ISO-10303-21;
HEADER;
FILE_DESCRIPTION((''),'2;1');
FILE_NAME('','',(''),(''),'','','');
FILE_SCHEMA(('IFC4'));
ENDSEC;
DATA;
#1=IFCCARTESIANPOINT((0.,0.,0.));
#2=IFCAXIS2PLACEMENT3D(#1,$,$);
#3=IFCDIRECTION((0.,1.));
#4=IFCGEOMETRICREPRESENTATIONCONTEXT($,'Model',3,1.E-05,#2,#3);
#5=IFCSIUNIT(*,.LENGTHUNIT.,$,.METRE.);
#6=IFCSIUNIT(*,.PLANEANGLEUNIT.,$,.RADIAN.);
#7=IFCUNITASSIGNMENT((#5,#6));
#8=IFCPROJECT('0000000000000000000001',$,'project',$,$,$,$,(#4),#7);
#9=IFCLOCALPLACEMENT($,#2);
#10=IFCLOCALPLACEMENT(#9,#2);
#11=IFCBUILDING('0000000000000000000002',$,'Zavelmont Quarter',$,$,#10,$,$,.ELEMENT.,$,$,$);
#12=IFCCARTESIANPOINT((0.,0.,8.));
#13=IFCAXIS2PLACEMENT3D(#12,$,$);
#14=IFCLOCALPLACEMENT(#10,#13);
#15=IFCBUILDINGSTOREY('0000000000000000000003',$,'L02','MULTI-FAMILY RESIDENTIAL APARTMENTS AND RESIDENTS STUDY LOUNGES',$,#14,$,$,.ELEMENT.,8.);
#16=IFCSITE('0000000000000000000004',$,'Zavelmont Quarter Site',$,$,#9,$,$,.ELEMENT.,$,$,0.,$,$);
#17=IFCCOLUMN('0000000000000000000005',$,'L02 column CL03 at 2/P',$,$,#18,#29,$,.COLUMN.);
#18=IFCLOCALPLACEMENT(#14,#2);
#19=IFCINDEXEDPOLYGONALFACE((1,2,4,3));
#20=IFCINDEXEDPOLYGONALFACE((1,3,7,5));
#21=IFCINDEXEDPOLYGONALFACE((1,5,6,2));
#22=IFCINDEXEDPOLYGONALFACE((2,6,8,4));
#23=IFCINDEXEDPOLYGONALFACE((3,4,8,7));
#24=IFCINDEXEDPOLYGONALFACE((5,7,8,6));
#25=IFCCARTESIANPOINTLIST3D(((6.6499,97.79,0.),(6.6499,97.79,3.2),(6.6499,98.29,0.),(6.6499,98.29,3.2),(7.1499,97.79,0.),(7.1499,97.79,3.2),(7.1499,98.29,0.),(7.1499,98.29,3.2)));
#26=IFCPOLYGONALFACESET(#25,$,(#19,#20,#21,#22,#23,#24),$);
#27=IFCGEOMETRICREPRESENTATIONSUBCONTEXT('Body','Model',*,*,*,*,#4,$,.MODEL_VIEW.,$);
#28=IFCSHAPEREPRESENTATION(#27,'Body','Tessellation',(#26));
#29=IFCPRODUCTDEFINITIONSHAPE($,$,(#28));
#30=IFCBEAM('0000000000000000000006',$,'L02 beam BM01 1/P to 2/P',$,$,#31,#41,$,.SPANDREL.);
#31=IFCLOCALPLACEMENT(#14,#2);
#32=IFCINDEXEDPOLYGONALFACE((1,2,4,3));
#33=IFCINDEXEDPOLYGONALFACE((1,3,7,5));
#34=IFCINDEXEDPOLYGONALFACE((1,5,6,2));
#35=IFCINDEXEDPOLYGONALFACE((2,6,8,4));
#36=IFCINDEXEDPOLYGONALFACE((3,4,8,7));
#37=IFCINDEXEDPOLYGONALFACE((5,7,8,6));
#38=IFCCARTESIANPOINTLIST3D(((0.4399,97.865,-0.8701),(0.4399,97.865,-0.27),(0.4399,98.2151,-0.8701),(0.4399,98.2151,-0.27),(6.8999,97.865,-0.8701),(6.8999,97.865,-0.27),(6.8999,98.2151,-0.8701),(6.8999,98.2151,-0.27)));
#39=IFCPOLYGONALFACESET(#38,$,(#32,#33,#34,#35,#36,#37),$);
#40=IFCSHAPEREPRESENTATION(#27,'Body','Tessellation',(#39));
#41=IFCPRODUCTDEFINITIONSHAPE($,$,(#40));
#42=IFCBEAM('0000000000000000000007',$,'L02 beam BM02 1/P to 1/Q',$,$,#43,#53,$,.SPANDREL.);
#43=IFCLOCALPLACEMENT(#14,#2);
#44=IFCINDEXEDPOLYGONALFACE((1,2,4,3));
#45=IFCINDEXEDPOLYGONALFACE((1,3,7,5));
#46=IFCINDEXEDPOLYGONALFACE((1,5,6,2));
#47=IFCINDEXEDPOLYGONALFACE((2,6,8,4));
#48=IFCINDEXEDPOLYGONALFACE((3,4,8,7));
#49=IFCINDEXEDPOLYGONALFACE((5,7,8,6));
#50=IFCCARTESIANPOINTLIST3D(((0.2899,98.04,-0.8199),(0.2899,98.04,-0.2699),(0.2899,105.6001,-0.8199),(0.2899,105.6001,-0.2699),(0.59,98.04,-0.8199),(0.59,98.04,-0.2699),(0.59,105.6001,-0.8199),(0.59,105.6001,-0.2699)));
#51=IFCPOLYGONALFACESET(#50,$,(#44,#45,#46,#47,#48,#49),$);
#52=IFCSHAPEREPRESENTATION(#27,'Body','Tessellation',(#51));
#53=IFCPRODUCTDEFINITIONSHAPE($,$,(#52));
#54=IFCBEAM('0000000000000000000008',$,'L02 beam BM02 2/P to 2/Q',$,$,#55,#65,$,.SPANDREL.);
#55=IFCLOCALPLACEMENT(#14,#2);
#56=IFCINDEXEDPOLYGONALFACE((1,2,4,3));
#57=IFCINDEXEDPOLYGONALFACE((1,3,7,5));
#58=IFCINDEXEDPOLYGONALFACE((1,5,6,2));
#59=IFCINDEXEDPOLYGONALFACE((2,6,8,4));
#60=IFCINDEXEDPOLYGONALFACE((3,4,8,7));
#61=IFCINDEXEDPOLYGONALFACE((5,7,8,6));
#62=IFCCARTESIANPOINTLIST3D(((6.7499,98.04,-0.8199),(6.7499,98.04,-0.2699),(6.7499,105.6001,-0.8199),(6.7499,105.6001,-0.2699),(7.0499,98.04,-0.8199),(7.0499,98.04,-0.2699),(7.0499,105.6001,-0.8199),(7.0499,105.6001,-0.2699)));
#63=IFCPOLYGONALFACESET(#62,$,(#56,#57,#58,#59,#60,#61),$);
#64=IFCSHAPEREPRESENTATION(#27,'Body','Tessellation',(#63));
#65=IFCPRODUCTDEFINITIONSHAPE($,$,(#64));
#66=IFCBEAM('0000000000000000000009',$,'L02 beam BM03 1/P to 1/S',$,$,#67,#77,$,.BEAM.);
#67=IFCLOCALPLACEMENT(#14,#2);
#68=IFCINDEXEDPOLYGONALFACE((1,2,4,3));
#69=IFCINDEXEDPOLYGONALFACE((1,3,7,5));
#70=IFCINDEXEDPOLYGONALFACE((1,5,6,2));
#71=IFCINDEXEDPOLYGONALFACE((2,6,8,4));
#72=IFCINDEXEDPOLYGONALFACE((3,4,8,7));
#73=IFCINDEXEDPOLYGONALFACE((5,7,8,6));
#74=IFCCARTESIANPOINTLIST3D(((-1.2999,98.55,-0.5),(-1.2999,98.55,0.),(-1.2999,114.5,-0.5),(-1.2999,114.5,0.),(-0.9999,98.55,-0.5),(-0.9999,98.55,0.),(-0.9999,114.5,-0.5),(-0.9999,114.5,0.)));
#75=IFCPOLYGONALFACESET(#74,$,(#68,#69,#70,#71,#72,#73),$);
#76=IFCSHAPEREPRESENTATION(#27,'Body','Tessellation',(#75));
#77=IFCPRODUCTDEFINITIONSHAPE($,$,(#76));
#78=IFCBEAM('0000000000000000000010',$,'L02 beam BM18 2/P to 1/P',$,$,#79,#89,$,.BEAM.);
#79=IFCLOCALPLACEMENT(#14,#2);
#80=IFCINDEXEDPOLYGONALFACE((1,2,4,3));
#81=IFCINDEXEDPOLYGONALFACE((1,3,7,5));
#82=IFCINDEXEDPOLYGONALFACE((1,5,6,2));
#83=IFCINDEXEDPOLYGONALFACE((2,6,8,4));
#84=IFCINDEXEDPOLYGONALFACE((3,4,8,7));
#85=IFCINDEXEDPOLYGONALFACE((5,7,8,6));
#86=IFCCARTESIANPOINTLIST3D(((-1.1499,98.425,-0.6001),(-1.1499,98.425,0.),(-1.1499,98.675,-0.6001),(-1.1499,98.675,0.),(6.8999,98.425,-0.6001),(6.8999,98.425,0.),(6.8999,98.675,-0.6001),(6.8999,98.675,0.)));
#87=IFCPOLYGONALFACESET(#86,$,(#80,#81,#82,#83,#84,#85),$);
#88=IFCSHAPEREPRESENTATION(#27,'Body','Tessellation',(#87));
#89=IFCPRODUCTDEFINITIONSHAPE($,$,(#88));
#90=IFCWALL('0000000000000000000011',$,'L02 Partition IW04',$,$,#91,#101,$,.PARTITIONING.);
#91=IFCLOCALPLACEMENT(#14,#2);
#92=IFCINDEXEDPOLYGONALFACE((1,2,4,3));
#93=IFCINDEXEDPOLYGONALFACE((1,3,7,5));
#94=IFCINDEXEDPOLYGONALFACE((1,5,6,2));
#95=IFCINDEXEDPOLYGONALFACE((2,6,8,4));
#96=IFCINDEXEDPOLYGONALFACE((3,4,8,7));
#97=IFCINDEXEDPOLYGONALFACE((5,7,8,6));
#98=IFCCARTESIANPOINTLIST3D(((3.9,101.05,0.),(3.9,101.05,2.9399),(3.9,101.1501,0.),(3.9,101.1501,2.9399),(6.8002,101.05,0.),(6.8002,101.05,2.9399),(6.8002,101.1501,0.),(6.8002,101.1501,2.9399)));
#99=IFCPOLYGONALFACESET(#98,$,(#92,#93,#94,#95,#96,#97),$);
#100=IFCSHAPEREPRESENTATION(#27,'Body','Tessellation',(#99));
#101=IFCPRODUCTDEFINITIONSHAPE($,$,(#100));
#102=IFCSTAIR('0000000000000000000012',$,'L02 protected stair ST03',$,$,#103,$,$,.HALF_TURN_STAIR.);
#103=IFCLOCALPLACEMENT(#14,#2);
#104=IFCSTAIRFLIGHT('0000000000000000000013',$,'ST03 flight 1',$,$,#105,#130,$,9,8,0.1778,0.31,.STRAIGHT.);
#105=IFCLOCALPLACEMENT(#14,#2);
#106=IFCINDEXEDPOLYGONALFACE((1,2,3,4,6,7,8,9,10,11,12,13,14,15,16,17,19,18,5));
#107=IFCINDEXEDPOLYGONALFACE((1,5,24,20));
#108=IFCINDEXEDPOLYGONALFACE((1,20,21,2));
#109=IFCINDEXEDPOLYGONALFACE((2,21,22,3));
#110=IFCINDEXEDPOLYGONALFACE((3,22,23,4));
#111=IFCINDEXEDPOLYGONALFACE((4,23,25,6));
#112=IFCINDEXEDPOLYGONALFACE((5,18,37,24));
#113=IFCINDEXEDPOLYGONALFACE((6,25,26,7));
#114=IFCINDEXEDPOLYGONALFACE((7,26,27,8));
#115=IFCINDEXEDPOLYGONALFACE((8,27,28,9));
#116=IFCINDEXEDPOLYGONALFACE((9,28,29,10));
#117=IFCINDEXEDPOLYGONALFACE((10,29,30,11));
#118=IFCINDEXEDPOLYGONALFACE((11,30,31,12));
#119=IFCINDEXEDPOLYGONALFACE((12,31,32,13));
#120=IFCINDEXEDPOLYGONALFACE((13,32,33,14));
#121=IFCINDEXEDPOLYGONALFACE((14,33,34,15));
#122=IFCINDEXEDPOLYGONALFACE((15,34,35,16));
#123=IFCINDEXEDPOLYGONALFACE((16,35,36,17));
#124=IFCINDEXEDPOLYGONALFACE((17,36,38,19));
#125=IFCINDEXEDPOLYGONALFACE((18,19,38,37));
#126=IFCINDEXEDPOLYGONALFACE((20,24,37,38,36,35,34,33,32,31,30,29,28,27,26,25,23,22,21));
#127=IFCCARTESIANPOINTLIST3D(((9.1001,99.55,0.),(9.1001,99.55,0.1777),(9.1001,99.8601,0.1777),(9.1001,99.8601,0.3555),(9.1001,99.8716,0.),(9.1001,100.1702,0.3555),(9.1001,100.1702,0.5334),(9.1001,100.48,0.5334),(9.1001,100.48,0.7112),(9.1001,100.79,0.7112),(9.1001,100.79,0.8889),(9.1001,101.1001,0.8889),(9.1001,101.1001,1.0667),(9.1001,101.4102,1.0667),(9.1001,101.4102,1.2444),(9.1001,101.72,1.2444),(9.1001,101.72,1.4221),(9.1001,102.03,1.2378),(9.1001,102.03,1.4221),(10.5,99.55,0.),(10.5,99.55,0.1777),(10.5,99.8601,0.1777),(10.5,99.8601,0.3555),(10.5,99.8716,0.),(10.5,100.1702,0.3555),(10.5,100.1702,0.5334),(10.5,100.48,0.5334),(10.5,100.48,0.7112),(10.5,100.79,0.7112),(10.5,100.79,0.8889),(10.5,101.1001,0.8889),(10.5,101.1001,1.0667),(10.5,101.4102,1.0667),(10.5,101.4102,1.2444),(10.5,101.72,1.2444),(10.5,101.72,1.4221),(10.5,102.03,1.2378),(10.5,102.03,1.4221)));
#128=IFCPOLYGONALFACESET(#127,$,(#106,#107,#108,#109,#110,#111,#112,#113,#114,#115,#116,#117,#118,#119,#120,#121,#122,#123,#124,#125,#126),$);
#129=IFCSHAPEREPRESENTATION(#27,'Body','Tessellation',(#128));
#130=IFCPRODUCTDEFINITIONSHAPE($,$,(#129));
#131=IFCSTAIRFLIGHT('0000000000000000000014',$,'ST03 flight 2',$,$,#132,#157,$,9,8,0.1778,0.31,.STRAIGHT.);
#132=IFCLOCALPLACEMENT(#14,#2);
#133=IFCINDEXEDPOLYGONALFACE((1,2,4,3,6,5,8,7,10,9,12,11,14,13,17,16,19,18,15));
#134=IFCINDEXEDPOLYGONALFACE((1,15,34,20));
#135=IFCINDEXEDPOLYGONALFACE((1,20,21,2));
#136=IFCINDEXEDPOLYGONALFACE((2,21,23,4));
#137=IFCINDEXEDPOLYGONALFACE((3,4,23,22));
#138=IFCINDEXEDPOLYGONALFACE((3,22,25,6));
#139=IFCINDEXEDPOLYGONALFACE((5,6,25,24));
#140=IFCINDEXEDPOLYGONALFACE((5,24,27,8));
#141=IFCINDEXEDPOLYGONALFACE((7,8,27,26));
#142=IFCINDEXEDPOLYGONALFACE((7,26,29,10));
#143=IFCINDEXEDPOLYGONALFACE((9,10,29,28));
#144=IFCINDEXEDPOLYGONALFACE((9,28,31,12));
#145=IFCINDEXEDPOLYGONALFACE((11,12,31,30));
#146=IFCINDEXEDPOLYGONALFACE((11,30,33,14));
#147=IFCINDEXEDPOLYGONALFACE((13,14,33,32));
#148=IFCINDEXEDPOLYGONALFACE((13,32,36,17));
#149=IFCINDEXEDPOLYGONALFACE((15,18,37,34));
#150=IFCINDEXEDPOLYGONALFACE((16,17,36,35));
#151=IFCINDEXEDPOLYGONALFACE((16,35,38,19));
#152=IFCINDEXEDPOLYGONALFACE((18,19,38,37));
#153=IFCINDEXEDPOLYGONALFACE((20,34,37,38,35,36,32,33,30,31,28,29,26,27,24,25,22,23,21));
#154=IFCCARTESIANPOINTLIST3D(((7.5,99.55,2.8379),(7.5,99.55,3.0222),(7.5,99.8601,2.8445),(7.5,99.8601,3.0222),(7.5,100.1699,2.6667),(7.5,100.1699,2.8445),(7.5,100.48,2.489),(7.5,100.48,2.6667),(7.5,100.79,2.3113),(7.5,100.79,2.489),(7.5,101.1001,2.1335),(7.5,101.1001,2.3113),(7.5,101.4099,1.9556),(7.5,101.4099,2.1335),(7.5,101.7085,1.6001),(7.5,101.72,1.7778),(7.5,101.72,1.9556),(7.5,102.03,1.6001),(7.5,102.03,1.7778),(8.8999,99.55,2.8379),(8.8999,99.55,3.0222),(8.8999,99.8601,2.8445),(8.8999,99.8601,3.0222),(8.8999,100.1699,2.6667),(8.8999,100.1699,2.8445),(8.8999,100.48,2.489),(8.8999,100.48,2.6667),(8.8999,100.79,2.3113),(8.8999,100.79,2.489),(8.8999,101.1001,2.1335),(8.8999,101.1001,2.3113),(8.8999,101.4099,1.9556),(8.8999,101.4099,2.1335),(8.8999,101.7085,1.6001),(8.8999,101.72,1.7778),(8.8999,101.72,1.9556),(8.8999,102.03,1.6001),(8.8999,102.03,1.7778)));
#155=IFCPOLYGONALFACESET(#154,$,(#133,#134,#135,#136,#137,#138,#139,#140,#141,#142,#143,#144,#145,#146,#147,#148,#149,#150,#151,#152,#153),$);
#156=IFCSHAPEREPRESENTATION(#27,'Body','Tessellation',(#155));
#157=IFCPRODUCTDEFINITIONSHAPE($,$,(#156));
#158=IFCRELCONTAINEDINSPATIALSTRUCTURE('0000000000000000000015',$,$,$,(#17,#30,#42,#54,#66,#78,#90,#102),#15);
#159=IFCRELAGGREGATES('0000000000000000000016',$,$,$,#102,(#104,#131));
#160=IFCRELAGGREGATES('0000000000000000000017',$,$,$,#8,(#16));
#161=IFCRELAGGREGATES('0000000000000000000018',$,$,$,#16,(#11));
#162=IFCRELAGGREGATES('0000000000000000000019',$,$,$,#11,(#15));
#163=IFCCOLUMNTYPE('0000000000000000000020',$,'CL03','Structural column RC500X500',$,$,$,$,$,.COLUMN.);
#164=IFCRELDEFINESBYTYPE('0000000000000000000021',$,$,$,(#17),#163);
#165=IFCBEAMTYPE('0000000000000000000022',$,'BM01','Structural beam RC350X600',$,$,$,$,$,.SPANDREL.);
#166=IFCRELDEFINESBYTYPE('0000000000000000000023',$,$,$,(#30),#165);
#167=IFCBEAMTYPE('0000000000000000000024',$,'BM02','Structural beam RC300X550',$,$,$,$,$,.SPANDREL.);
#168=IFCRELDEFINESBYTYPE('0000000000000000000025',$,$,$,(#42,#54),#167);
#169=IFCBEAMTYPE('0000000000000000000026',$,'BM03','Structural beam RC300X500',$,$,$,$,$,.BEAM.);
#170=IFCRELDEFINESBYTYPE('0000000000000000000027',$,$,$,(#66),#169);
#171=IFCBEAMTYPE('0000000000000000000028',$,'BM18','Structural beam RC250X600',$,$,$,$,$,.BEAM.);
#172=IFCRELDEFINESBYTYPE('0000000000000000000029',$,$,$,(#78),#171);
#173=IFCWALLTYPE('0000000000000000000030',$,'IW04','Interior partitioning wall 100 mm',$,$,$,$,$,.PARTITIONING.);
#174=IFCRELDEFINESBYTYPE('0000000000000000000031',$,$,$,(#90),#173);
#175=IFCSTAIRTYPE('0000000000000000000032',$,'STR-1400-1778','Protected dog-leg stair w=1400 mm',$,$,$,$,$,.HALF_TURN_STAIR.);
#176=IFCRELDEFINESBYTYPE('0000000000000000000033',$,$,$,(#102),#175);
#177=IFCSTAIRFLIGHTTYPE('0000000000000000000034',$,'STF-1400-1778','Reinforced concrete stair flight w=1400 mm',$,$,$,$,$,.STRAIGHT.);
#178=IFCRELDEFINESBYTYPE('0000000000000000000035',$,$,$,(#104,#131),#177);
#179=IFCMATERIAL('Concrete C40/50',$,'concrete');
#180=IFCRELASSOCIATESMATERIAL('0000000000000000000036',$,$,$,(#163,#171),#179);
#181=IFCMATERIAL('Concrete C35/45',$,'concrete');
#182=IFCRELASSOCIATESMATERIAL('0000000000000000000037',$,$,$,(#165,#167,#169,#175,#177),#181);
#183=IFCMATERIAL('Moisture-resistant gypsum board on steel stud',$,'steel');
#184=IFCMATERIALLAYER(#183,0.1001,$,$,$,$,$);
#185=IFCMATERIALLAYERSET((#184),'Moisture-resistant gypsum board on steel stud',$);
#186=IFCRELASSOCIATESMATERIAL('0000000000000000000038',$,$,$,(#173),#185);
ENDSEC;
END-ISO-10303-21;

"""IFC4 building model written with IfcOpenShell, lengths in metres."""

from ifc_helpers import new_model, si_unit, direction, frame, frame_2d, origin, origin_2d, place, context, subcontext, project, spatial, polyline, rectangle, outline, extrude, material, layer, layer_set, material_profile, profile_set, type_object, element, aggregate, save


model = new_model("IFC4")

# Units and contexts
model_context = context("Model", 3, precision=1e-05, world=origin(), true_north=direction((0.0, 1.0)))
body_context = subcontext(model_context, "Body", "Model", "MODEL_VIEW")
ifc_project = project(units=[si_unit("LENGTHUNIT", "METRE"), si_unit("PLANEANGLEUNIT", "RADIAN")], contexts=[model_context])

# Site, building, storey
site_placement = place(None, origin())
site = spatial("IfcSite", under=ifc_project, at=site_placement, Name="Zavelmont Quarter Site", CompositionType="ELEMENT", RefElevation=0.0)
building_placement = place(site_placement, origin())
building = spatial("IfcBuilding", under=site, at=building_placement, Name="Zavelmont Quarter", CompositionType="ELEMENT")
storey_placement = place(building_placement, frame((0.0, 0.0, 8.0)))
storey = spatial("IfcBuildingStorey", under=building, at=storey_placement, Name="L02", Description="MULTI-FAMILY RESIDENTIAL APARTMENTS AND RESIDENTS STUDY LOUNGES", CompositionType="ELEMENT", Elevation=8.0)

# Column
ifc_material_1 = material(Name="Concrete C40/50", Category="concrete")
ifc_material_profile_1 = material_profile(ifc_material_1, rectangle(XDim=0.5, YDim=0.5, at=origin_2d()), Name="RC500X500")
ifc_profile_set_1 = profile_set([ifc_material_profile_1], Name="Concrete C40/50")
column_type = type_object("IfcColumnType", Name="CL03", Description="Structural column RC500X500", PredefinedType="COLUMN", material=ifc_profile_set_1)
column_placement = place(storey_placement, frame((6.8999, 98.04, 0.0), z_axis=(0.0, 0.0, 1.0), x_axis=(1.0, 0.0, 0.0)))
element("IfcColumn", 1, at=column_placement, inside=storey, type_object=column_type, Name="L02 column CL03 at 2/P", PredefinedType="COLUMN", context=body_context, shape_type="SweptSolid", body=[
    extrude(rectangle(XDim=0.5, YDim=0.5, at=origin_2d()), origin(), (0.0, 0.0, 1.0), 3.2),
])

# Beams
ifc_material_2 = material(Name="Concrete C35/45", Category="concrete")
ifc_material_profile_2 = material_profile(ifc_material_2, rectangle(XDim=0.3501, YDim=0.6001, at=origin_2d()), Name="RC350X600")
ifc_profile_set_2 = profile_set([ifc_material_profile_2], Name="Concrete C35/45")
beam_type_1 = type_object("IfcBeamType", Name="BM01", Description="Structural beam RC350X600", PredefinedType="SPANDREL", material=ifc_profile_set_2)
beam_1_placement = place(storey_placement, frame((0.4399, 98.04, -0.5701), z_axis=(1.0, 0.0, 0.0), x_axis=(0.0, 1.0, 0.0)))
element("IfcBeam", 2, at=beam_1_placement, inside=storey, type_object=beam_type_1, Name="L02 beam BM01 1/P to 2/P", PredefinedType="SPANDREL", context=body_context, shape_type="SweptSolid", body=[
    extrude(rectangle(XDim=0.3501, YDim=0.6001, at=origin_2d()), origin(), (0.0, 0.0, 1.0), 6.46),
])
ifc_material_profile_3 = material_profile(ifc_material_2, rectangle(XDim=0.3, YDim=0.55, at=origin_2d()), Name="RC300X550")
ifc_profile_set_3 = profile_set([ifc_material_profile_3], Name="Concrete C35/45")
beam_type_2 = type_object("IfcBeamType", Name="BM02", Description="Structural beam RC300X550", PredefinedType="SPANDREL", material=ifc_profile_set_3)
for number, where, z_axis, x_axis, name in (
    (3, (0.4399, 98.04, -0.5449), (0.0, 1.0, 0.0), (-1.0, 0.0, 0.0), "L02 beam BM02 1/P to 1/Q"),
    (4, (6.8999, 98.04, -0.5449), (0.0, 1.0, 0.0), (-1.0, 0.0, 0.0), "L02 beam BM02 2/P to 2/Q"),
):
    element("IfcBeam", number, at=place(storey_placement, frame(where, z_axis=z_axis, x_axis=x_axis)), inside=storey, type_object=beam_type_2, Name=name, PredefinedType="SPANDREL", context=body_context, shape_type="SweptSolid", body=[
        extrude(rectangle(XDim=0.3, YDim=0.55, at=origin_2d()), origin(), (0.0, 0.0, 1.0), 7.5601),
    ])
ifc_material_profile_4 = material_profile(ifc_material_2, rectangle(XDim=0.3, YDim=0.5, at=origin_2d()), Name="RC300X500")
ifc_profile_set_4 = profile_set([ifc_material_profile_4], Name="Concrete C35/45")
beam_type_3 = type_object("IfcBeamType", Name="BM03", Description="Structural beam RC300X500", PredefinedType="BEAM", material=ifc_profile_set_4)
beam_2_placement = place(storey_placement, frame((-1.1499, 98.55, -0.25), z_axis=(0.0, 1.0, 0.0), x_axis=(-1.0, 0.0, 0.0)))
element("IfcBeam", 5, at=beam_2_placement, inside=storey, type_object=beam_type_3, Name="L02 beam BM03 1/P to 1/S", PredefinedType="BEAM", context=body_context, shape_type="SweptSolid", body=[
    extrude(rectangle(XDim=0.3, YDim=0.5, at=origin_2d()), origin(), (0.0, 0.0, 1.0), 15.95),
])
ifc_material_profile_5 = material_profile(ifc_material_1, rectangle(XDim=0.25, YDim=0.6001, at=origin_2d()), Name="RC250X600")
ifc_profile_set_5 = profile_set([ifc_material_profile_5], Name="Concrete C40/50")
beam_type_4 = type_object("IfcBeamType", Name="BM18", Description="Structural beam RC250X600", PredefinedType="BEAM", material=ifc_profile_set_5)
beam_3_placement = place(storey_placement, frame((6.8999, 98.55, -0.3), z_axis=(-1.0, 0.0, 0.0), x_axis=(0.0, -1.0, 0.0)))
element("IfcBeam", 6, at=beam_3_placement, inside=storey, type_object=beam_type_4, Name="L02 beam BM18 2/P to 1/P", PredefinedType="BEAM", context=body_context, shape_type="SweptSolid", body=[
    extrude(rectangle(XDim=0.25, YDim=0.6001, at=origin_2d()), origin(), (0.0, 0.0, 1.0), 8.0498),
])

# Wall
ifc_material_3 = material(Name="Moisture-resistant gypsum board on steel stud", Category="steel")
ifc_layer_1 = layer(ifc_material_3, 0.1001)
ifc_layer_set_1 = layer_set([ifc_layer_1], Name="Moisture-resistant gypsum board on steel stud")
wall_type_1 = type_object("IfcWallType", Name="IW04", Description="Interior partitioning wall 100 mm", PredefinedType="PARTITIONING", material=ifc_layer_set_1)
wall_1_placement = place(storey_placement, frame((3.8999, 101.1001, 0.0), z_axis=(0.0, 0.0, 1.0), x_axis=(1.0, 0.0, 0.0)))
element("IfcWall", 7, at=wall_1_placement, inside=storey, type_object=wall_type_1, Name="L02 Partition IW04", PredefinedType="PARTITIONING", context=body_context, shape_type="SweptSolid", body=[
    extrude(rectangle(XDim=2.9001, YDim=0.1001, at=frame_2d((1.4502, 0.0))), origin(), (0.0, 0.0, 1.0), 2.9399),
])

# Stair, stair flights
stair_type = type_object("IfcStairType", Name="STR-1400-1778", Description="Protected dog-leg stair w=1400 mm", PredefinedType="HALF_TURN_STAIR", material=ifc_material_2)
stair_placement = place(storey_placement, origin())
stair = element("IfcStair", 8, at=stair_placement, inside=storey, type_object=stair_type, Name="L02 protected stair ST03", PredefinedType="HALF_TURN_STAIR")
stair_flight_type = type_object("IfcStairFlightType", Name="STF-1400-1778", Description="Reinforced concrete stair flight w=1400 mm", PredefinedType="STRAIGHT", material=ifc_material_2)
stair_flight_1_placement = place(storey_placement, frame((9.8, 99.55, 0.0), z_axis=(0.0, 0.0, 1.0), x_axis=(0.0, 1.0, 0.0)))
stair_flight_1 = element("IfcStairFlight", 9, at=stair_flight_1_placement, type_object=stair_flight_type, Name="ST03 flight 1", NumberOfRisers=9, NumberOfTreads=8, PredefinedType="STRAIGHT", RiserHeight=0.1778, TreadLength=0.31, context=body_context, shape_type="SweptSolid", body=[
    extrude(outline(polyline([(0.0, 0.0), (0.0, 0.1777), (0.3101, 0.1777), (0.3101, 0.3555), (0.6201, 0.3555), (0.6201, 0.5334), (0.9299, 0.5334), (0.9299, 0.7112), (1.24, 0.7112), (1.24, 0.8889), (1.55, 0.8889), (1.55, 1.0667), (1.8601, 1.0667), (1.8601, 1.2444), (2.1699, 1.2444), (2.1699, 1.4221), (2.48, 1.4221), (2.48, 1.6001), (2.48, 1.2378), (0.3215, 0.0), (0.0, 0.0)])), frame((0.0, 0.7, 0.0), z_axis=(0.0, -1.0, 0.0), x_axis=(1.0, 0.0, 0.0)), (0.0, 0.0, 1.0), 1.3999),
])
stair_flight_2_placement = place(storey_placement, frame((8.2, 102.03, 1.6001), z_axis=(0.0, 0.0, 1.0), x_axis=(0.0, -1.0, 0.0)))
stair_flight_2 = element("IfcStairFlight", 10, at=stair_flight_2_placement, type_object=stair_flight_type, Name="ST03 flight 2", NumberOfRisers=9, NumberOfTreads=8, PredefinedType="STRAIGHT", RiserHeight=0.1778, TreadLength=0.31, context=body_context, shape_type="SweptSolid", body=[
    extrude(outline(polyline([(0.0, 0.0), (0.0, 0.1777), (0.3101, 0.1777), (0.3101, 0.3555), (0.6201, 0.3555), (0.6201, 0.5334), (0.9299, 0.5334), (0.9299, 0.7112), (1.24, 0.7112), (1.24, 0.8889), (1.55, 0.8889), (1.55, 1.0667), (1.8601, 1.0667), (1.8601, 1.2444), (2.1699, 1.2444), (2.1699, 1.4221), (2.48, 1.4221), (2.48, 1.6001), (2.48, 1.2378), (0.3215, 0.0), (0.0, 0.0)])), frame((0.0, 0.7, 0.0), z_axis=(0.0, -1.0, 0.0), x_axis=(1.0, 0.0, 0.0)), (0.0, 0.0, 1.0), 1.3999),
])
aggregate(stair, [stair_flight_1, stair_flight_2])

save(model, "model.ifc")
